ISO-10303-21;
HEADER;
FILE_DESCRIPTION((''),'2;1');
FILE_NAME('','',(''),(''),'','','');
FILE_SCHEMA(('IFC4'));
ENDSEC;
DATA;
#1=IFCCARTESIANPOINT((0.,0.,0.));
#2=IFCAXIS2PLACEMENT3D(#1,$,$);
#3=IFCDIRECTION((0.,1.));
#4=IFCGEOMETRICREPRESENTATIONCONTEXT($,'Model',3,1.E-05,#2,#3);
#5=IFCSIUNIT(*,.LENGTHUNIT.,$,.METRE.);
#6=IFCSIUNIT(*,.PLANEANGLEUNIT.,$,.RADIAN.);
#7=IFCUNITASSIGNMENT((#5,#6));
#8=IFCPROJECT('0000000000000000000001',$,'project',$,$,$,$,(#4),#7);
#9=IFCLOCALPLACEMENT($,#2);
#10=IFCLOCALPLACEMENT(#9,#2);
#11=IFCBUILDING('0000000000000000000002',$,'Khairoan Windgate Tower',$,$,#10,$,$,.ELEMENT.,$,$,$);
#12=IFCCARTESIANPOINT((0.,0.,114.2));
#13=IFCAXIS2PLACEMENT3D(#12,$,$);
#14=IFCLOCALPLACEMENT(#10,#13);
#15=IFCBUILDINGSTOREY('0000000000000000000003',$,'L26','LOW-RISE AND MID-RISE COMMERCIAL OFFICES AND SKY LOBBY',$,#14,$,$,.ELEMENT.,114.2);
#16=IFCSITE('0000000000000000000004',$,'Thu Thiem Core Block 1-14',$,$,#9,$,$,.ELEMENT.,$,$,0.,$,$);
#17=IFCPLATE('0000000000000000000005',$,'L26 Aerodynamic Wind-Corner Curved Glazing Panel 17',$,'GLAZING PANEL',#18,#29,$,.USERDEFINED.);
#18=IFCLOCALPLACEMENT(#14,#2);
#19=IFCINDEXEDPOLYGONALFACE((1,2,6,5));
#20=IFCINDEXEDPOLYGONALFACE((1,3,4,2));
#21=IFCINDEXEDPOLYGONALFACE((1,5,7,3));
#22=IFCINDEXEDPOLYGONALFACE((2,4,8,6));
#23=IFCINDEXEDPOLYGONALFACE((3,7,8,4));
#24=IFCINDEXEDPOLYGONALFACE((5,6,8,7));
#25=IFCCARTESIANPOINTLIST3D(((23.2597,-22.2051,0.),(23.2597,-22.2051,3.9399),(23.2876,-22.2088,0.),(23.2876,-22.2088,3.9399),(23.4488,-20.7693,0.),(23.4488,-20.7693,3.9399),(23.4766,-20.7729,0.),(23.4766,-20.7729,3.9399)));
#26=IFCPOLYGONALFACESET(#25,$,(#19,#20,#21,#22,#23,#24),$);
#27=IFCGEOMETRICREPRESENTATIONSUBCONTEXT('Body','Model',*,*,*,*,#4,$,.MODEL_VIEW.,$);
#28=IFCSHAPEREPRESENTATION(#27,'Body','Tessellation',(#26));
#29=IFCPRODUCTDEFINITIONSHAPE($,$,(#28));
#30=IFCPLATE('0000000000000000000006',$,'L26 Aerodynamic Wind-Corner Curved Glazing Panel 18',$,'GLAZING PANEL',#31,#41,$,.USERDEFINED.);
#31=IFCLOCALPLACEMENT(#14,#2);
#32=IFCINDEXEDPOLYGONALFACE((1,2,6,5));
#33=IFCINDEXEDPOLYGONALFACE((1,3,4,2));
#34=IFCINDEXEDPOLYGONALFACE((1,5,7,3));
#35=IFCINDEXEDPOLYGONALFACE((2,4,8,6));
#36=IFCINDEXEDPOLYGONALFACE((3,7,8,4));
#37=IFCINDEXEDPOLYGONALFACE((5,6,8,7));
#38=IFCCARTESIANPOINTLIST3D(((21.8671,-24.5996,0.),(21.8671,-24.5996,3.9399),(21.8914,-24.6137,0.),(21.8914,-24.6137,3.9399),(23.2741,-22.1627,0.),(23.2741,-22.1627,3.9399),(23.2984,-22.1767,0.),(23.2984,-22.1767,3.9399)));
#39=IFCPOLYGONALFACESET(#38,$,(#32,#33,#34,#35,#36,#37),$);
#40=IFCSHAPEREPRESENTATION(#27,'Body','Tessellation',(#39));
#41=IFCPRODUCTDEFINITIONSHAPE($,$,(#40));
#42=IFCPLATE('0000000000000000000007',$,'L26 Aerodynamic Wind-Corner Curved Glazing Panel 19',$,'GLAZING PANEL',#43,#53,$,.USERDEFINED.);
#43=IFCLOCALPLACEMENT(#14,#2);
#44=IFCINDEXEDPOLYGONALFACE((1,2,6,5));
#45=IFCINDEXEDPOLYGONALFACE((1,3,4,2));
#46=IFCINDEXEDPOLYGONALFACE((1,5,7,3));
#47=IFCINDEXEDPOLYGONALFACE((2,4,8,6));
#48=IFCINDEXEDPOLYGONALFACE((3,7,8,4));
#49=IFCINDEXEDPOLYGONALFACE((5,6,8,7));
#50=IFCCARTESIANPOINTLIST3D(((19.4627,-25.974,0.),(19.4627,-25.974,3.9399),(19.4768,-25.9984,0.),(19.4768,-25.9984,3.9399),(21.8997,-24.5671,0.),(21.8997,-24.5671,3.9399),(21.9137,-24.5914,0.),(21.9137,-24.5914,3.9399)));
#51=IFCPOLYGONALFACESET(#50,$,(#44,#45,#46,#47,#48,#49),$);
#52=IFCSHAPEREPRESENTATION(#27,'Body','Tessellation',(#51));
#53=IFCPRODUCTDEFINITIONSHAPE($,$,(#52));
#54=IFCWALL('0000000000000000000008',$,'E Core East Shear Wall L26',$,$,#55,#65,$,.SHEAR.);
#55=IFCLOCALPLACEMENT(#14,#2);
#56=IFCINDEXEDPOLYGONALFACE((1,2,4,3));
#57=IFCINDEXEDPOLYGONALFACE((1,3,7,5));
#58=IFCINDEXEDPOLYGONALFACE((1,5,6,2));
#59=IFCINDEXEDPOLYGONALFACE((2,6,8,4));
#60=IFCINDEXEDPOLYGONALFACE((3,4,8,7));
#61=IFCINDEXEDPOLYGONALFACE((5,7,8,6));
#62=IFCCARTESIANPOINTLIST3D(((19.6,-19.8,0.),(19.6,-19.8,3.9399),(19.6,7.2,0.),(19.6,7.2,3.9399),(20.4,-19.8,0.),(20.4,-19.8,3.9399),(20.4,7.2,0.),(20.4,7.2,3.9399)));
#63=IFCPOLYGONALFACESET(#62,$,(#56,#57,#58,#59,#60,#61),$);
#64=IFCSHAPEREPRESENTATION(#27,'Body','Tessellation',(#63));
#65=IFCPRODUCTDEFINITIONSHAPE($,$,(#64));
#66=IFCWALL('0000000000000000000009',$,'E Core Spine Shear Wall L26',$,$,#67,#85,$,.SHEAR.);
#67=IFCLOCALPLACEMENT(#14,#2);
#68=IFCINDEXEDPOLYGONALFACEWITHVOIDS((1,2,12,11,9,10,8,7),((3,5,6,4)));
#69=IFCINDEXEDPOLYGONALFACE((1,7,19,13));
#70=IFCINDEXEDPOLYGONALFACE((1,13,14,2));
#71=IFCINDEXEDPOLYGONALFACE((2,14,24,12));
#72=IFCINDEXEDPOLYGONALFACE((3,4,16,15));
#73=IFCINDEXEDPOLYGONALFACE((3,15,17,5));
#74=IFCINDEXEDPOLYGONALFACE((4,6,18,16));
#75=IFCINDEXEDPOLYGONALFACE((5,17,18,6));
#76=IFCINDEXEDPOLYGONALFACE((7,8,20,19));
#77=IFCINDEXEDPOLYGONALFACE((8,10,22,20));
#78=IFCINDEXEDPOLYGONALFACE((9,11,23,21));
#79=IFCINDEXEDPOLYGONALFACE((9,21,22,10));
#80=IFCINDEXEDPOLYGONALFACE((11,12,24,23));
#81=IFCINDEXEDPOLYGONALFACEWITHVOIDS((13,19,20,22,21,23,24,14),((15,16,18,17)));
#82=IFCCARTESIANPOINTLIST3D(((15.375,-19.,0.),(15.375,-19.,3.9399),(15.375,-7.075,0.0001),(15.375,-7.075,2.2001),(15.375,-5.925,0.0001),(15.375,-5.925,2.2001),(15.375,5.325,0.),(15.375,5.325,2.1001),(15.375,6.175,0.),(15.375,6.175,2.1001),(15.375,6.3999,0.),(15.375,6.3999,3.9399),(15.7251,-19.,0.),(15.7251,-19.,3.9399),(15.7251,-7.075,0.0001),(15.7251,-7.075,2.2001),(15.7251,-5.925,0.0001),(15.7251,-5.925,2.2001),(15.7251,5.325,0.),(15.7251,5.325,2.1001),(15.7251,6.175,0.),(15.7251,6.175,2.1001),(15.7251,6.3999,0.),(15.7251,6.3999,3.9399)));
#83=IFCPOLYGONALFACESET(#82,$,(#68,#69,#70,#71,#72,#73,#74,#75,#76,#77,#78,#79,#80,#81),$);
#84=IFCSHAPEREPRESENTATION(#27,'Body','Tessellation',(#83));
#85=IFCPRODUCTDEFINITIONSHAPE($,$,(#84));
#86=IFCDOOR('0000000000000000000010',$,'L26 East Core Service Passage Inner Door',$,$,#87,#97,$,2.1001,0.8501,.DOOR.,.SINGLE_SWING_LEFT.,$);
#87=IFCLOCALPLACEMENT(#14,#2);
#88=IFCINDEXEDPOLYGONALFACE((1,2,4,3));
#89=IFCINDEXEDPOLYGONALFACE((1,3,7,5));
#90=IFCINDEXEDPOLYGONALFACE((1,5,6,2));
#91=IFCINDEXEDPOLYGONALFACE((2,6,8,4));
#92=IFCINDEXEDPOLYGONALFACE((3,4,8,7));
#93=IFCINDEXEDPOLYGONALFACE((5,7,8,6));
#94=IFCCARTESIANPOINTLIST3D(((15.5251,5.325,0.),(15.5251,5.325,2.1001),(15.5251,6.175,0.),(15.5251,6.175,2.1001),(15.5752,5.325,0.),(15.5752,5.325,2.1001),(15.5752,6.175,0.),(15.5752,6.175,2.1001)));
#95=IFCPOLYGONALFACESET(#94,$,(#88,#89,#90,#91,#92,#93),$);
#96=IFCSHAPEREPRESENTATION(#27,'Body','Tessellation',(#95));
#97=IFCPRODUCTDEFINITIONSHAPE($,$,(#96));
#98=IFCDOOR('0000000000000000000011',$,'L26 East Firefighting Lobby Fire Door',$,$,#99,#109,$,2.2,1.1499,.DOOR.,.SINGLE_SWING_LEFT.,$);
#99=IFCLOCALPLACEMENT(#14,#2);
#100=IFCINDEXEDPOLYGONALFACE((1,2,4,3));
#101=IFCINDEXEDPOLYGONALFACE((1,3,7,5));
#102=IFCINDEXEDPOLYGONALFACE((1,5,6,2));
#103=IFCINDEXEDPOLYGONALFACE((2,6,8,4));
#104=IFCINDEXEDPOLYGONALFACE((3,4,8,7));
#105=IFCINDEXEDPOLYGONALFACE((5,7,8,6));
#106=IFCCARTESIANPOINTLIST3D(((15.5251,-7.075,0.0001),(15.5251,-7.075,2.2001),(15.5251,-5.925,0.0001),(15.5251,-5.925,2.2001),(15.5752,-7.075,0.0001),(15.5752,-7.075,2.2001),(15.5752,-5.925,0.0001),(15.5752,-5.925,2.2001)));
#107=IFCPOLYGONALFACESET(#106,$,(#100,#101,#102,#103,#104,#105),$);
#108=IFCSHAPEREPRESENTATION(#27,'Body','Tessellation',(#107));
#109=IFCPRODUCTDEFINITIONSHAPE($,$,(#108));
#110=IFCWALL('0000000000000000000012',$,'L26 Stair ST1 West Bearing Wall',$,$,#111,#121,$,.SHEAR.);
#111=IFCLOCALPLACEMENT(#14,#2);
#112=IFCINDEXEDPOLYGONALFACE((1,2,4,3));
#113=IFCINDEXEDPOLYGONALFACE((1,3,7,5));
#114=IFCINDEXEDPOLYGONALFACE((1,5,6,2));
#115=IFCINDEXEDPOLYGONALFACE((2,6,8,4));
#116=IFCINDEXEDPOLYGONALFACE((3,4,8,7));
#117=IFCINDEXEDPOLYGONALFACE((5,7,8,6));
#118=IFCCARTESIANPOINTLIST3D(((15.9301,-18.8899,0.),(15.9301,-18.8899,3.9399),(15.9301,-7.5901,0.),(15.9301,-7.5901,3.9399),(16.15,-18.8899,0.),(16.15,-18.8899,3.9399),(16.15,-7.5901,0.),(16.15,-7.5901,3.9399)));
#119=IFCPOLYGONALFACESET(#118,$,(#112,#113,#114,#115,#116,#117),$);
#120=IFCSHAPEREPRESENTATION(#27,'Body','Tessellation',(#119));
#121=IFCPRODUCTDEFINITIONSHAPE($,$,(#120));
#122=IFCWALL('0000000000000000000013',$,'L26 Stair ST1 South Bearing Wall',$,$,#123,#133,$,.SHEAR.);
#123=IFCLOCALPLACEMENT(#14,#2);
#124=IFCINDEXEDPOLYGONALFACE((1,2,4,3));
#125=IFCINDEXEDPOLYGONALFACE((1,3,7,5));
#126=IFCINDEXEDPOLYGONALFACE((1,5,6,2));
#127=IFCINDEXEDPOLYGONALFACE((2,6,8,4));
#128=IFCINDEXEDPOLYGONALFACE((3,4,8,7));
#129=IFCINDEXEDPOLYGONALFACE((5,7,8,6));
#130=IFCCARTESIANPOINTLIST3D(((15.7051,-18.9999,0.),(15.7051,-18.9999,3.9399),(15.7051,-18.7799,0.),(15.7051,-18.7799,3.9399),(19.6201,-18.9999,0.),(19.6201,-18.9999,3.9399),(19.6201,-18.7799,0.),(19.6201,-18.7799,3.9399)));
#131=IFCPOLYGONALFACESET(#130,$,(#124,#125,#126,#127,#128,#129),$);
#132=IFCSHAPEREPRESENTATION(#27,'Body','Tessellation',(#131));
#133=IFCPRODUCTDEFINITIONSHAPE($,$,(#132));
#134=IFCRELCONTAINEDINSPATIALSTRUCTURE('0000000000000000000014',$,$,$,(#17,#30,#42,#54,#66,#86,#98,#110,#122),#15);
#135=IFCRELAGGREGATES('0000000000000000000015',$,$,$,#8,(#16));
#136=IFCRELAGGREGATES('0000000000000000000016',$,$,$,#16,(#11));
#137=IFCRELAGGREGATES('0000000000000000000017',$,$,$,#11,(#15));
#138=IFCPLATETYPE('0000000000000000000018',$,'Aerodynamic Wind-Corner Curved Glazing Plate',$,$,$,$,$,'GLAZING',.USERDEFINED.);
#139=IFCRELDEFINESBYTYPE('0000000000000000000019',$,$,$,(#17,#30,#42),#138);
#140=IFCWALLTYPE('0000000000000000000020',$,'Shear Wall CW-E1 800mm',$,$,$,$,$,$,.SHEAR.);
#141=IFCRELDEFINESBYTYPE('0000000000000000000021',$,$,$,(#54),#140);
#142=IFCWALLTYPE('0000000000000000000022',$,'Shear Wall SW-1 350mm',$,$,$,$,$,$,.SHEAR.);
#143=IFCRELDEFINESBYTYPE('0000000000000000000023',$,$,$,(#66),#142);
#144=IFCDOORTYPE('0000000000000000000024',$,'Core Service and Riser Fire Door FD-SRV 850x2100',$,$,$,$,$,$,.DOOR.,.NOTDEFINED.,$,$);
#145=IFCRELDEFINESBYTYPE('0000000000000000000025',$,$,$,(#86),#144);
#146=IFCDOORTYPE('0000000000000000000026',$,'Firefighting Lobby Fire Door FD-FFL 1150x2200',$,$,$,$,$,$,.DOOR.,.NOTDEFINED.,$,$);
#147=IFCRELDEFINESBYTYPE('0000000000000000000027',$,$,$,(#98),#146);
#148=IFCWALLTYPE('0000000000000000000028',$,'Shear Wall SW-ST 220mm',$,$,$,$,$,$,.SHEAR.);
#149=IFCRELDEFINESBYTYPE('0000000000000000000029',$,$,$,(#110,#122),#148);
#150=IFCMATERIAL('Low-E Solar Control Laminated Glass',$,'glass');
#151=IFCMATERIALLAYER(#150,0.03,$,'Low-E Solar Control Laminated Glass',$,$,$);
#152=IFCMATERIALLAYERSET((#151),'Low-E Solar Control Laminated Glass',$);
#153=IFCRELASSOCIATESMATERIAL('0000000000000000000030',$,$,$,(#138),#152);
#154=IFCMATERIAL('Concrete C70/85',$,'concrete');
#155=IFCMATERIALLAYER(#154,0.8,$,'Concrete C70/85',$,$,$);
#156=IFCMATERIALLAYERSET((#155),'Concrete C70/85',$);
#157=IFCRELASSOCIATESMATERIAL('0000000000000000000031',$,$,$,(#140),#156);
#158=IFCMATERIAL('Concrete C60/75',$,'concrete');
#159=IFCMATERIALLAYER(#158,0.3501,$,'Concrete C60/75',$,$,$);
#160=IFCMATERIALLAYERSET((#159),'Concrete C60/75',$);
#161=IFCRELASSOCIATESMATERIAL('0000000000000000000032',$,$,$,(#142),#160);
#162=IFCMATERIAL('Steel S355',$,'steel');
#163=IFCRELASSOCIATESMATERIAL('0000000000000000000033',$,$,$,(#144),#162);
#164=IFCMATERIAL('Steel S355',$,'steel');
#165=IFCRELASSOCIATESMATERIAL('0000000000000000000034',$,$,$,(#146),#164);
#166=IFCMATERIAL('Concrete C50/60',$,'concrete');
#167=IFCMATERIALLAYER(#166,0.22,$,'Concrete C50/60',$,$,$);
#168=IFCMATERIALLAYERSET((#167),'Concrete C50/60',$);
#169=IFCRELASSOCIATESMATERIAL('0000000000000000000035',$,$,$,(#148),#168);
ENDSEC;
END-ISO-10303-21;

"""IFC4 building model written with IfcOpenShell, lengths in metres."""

from ifc_helpers import new_model, si_unit, direction, frame, frame_2d, origin, origin_2d, place, context, subcontext, project, spatial, rectangle, extrude, material, layer, layer_set, type_object, element, fill, save


model = new_model("IFC4")

# Units and contexts
model_context = context("Model", 3, precision=1e-05, world=origin(), true_north=direction((0.0, 1.0)))
body_context = subcontext(model_context, "Body", "Model", "MODEL_VIEW")
ifc_project = project(units=[si_unit("LENGTHUNIT", "METRE"), si_unit("PLANEANGLEUNIT", "RADIAN")], contexts=[model_context])

# Site, building, storey
site_placement = place(None, origin())
building_placement = place(site_placement, origin())
storey_placement = place(building_placement, frame((0.0, 0.0, 114.2)))
site = spatial("IfcSite", under=ifc_project, at=site_placement, Name="Thu Thiem Core Block 1-14", CompositionType="ELEMENT", RefElevation=0.0)
building = spatial("IfcBuilding", under=site, at=building_placement, Name="Khairoan Windgate Tower", CompositionType="ELEMENT")
storey = spatial("IfcBuildingStorey", under=building, at=storey_placement, Name="L26", Description="LOW-RISE AND MID-RISE COMMERCIAL OFFICES AND SKY LOBBY", CompositionType="ELEMENT", Elevation=114.2)

# Plates
ifc_material_1 = material(Name="Low-E Solar Control Laminated Glass", Category="glass")
ifc_layer_1 = layer(ifc_material_1, 0.03, Name="Low-E Solar Control Laminated Glass")
ifc_layer_set_1 = layer_set([ifc_layer_1], Name="Low-E Solar Control Laminated Glass")
plate_type_1 = type_object("IfcPlateType", Name="Aerodynamic Wind-Corner Curved Glazing Plate", ElementType="GLAZING", PredefinedType="USERDEFINED", material=ifc_layer_set_1)
plate_1_placement = place(storey_placement, frame((23.3682, -21.489, 0.0), z_axis=(0.0, 0.0, 1.0), x_axis=(-0.130526, -0.991445, 0.0)))
element("IfcPlate", 1, at=plate_1_placement, inside=storey, type_object=plate_type_1, Name="L26 Aerodynamic Wind-Corner Curved Glazing Panel 17", ObjectType="GLAZING PANEL", PredefinedType="USERDEFINED", context=body_context, shape_type="SweptSolid", body=[
    extrude(rectangle(XDim=1.4482, YDim=0.0281, at=origin_2d()), origin(), (0.0, 0.0, 1.0), 3.9399),
])
for number, where, z_axis, x_axis, name in (
    (2, (22.5828, -23.3882, 0.0), (0.0, 0.0, 1.0), (-0.5, -0.866025, 0.0), "L26 Aerodynamic Wind-Corner Curved Glazing Panel 18"),
    (3, (20.6882, -25.2827, 0.0), (0.0, 0.0, 1.0), (-0.866025, -0.5, 0.0), "L26 Aerodynamic Wind-Corner Curved Glazing Panel 19"),
):
    element("IfcPlate", number, at=place(storey_placement, frame(where, z_axis=z_axis, x_axis=x_axis)), inside=storey, type_object=plate_type_1, Name=name, ObjectType="GLAZING PANEL", PredefinedType="USERDEFINED", context=body_context, shape_type="SweptSolid", body=[
        extrude(rectangle(XDim=2.814, YDim=0.0281, at=origin_2d()), origin(), (0.0, 0.0, 1.0), 3.9399),
    ])

# Wall
ifc_material_2 = material(Name="Concrete C70/85", Category="concrete")
ifc_layer_2 = layer(ifc_material_2, 0.8, Name="Concrete C70/85")
ifc_layer_set_2 = layer_set([ifc_layer_2], Name="Concrete C70/85")
wall_type_1 = type_object("IfcWallType", Name="Shear Wall CW-E1 800mm", PredefinedType="SHEAR", material=ifc_layer_set_2)
wall_1_placement = place(storey_placement, frame((20.0, -19.8, 0.0), z_axis=(0.0, 0.0, 1.0), x_axis=(0.0, 1.0, 0.0)))
element("IfcWall", 4, at=wall_1_placement, inside=storey, type_object=wall_type_1, Name="E Core East Shear Wall L26", PredefinedType="SHEAR", context=body_context, shape_type="SweptSolid", body=[
    extrude(rectangle(XDim=27.0, YDim=0.8, at=frame_2d((13.5, 0.0))), origin(), (0.0, 0.0, 1.0), 3.9399),
])

# Wall, openings, doors
ifc_material_3 = material(Name="Concrete C60/75", Category="concrete")
ifc_layer_3 = layer(ifc_material_3, 0.3501, Name="Concrete C60/75")
ifc_layer_set_3 = layer_set([ifc_layer_3], Name="Concrete C60/75")
wall_type_2 = type_object("IfcWallType", Name="Shear Wall SW-1 350mm", PredefinedType="SHEAR", material=ifc_layer_set_3)
wall_2_placement = place(storey_placement, frame((15.55, -19.0, 0.0), z_axis=(0.0, 0.0, 1.0), x_axis=(0.0, 1.0, 0.0)))
wall_2 = element("IfcWall", 5, at=wall_2_placement, inside=storey, type_object=wall_type_2, Name="E Core Spine Shear Wall L26", PredefinedType="SHEAR", context=body_context, shape_type="SweptSolid", body=[
    extrude(rectangle(XDim=25.3999, YDim=0.3501, at=frame_2d((12.7, 0.0))), origin(), (0.0, 0.0, 1.0), 3.9399),
])
opening_1_placement = place(wall_2_placement, frame((11.925, 0.0, 0.0)))
opening_1 = element("IfcOpeningElement", 6, at=opening_1_placement, cuts=wall_2, PredefinedType="OPENING", context=body_context, shape_type="SweptSolid", body=[
    extrude(rectangle(XDim=1.1499, YDim=2.2, at=frame_2d((0.575, 1.1001))), frame((0.0, 0.1851, 0.0), z_axis=(0.0, -1.0, 0.0), x_axis=(1.0, 0.0, 0.0)), (0.0, 0.0, 1.0), 0.3701),
])
opening_2_placement = place(wall_2_placement, frame((24.325, 0.0, 0.0)))
opening_2 = element("IfcOpeningElement", 7, at=opening_2_placement, cuts=wall_2, PredefinedType="OPENING", context=body_context, shape_type="SweptSolid", body=[
    extrude(rectangle(XDim=0.8501, YDim=2.1001, at=frame_2d((0.425, 1.05))), frame((0.0, 0.1851, 0.0), z_axis=(0.0, -1.0, 0.0), x_axis=(1.0, 0.0, 0.0)), (0.0, 0.0, 1.0), 0.3701),
])
ifc_material_4 = material(Name="Steel S355", Category="steel")
door_type_1 = type_object("IfcDoorType", Name="Core Service and Riser Fire Door FD-SRV 850x2100", OperationType="NOTDEFINED", PredefinedType="DOOR", material=ifc_material_4)
door_1_placement = place(opening_2_placement, origin())
door_1 = element("IfcDoor", 8, at=door_1_placement, inside=storey, type_object=door_type_1, Name="L26 East Core Service Passage Inner Door", OperationType="SINGLE_SWING_LEFT", OverallHeight=2.1001, OverallWidth=0.8501, PredefinedType="DOOR", context=body_context, shape_type="SweptSolid", body=[
    extrude(rectangle(XDim=0.8501, YDim=2.1001, at=frame_2d((0.425, 1.05))), frame((0.0, 0.0249, 0.0), z_axis=(0.0, -1.0, 0.0), x_axis=(1.0, 0.0, 0.0)), (0.0, 0.0, 1.0), 0.05),
])
fill(opening_2, door_1)
ifc_material_5 = material(Name="Steel S355", Category="steel")
door_type_2 = type_object("IfcDoorType", Name="Firefighting Lobby Fire Door FD-FFL 1150x2200", OperationType="NOTDEFINED", PredefinedType="DOOR", material=ifc_material_5)
door_2_placement = place(opening_1_placement, origin())
door_2 = element("IfcDoor", 9, at=door_2_placement, inside=storey, type_object=door_type_2, Name="L26 East Firefighting Lobby Fire Door", OperationType="SINGLE_SWING_LEFT", OverallHeight=2.2, OverallWidth=1.1499, PredefinedType="DOOR", context=body_context, shape_type="SweptSolid", body=[
    extrude(rectangle(XDim=1.1499, YDim=2.2, at=frame_2d((0.575, 1.1001))), frame((0.0, 0.0249, 0.0), z_axis=(0.0, -1.0, 0.0), x_axis=(1.0, 0.0, 0.0)), (0.0, 0.0, 1.0), 0.05),
])
fill(opening_1, door_2)

# Walls
ifc_material_6 = material(Name="Concrete C50/60", Category="concrete")
ifc_layer_4 = layer(ifc_material_6, 0.22, Name="Concrete C50/60")
ifc_layer_set_4 = layer_set([ifc_layer_4], Name="Concrete C50/60")
wall_type_3 = type_object("IfcWallType", Name="Shear Wall SW-ST 220mm", PredefinedType="SHEAR", material=ifc_layer_set_4)
wall_3_placement = place(storey_placement, frame((16.04, -18.8899, 0.0), z_axis=(0.0, 0.0, 1.0), x_axis=(0.0, 1.0, 0.0)))
element("IfcWall", 10, at=wall_3_placement, inside=storey, type_object=wall_type_3, Name="L26 Stair ST1 West Bearing Wall", PredefinedType="SHEAR", context=body_context, shape_type="SweptSolid", body=[
    extrude(rectangle(XDim=11.2998, YDim=0.22, at=frame_2d((5.6499, 0.0))), origin(), (0.0, 0.0, 1.0), 3.9399),
])
wall_4_placement = place(storey_placement, frame((15.7051, -18.8899, 0.0), z_axis=(0.0, 0.0, 1.0), x_axis=(1.0, 0.0, 0.0)))
element("IfcWall", 11, at=wall_4_placement, inside=storey, type_object=wall_type_3, Name="L26 Stair ST1 South Bearing Wall", PredefinedType="SHEAR", context=body_context, shape_type="SweptSolid", body=[
    extrude(rectangle(XDim=3.915, YDim=0.22, at=frame_2d((1.9575, 0.0))), origin(), (0.0, 0.0, 1.0), 3.9399),
])

save(model, "model.ifc")
